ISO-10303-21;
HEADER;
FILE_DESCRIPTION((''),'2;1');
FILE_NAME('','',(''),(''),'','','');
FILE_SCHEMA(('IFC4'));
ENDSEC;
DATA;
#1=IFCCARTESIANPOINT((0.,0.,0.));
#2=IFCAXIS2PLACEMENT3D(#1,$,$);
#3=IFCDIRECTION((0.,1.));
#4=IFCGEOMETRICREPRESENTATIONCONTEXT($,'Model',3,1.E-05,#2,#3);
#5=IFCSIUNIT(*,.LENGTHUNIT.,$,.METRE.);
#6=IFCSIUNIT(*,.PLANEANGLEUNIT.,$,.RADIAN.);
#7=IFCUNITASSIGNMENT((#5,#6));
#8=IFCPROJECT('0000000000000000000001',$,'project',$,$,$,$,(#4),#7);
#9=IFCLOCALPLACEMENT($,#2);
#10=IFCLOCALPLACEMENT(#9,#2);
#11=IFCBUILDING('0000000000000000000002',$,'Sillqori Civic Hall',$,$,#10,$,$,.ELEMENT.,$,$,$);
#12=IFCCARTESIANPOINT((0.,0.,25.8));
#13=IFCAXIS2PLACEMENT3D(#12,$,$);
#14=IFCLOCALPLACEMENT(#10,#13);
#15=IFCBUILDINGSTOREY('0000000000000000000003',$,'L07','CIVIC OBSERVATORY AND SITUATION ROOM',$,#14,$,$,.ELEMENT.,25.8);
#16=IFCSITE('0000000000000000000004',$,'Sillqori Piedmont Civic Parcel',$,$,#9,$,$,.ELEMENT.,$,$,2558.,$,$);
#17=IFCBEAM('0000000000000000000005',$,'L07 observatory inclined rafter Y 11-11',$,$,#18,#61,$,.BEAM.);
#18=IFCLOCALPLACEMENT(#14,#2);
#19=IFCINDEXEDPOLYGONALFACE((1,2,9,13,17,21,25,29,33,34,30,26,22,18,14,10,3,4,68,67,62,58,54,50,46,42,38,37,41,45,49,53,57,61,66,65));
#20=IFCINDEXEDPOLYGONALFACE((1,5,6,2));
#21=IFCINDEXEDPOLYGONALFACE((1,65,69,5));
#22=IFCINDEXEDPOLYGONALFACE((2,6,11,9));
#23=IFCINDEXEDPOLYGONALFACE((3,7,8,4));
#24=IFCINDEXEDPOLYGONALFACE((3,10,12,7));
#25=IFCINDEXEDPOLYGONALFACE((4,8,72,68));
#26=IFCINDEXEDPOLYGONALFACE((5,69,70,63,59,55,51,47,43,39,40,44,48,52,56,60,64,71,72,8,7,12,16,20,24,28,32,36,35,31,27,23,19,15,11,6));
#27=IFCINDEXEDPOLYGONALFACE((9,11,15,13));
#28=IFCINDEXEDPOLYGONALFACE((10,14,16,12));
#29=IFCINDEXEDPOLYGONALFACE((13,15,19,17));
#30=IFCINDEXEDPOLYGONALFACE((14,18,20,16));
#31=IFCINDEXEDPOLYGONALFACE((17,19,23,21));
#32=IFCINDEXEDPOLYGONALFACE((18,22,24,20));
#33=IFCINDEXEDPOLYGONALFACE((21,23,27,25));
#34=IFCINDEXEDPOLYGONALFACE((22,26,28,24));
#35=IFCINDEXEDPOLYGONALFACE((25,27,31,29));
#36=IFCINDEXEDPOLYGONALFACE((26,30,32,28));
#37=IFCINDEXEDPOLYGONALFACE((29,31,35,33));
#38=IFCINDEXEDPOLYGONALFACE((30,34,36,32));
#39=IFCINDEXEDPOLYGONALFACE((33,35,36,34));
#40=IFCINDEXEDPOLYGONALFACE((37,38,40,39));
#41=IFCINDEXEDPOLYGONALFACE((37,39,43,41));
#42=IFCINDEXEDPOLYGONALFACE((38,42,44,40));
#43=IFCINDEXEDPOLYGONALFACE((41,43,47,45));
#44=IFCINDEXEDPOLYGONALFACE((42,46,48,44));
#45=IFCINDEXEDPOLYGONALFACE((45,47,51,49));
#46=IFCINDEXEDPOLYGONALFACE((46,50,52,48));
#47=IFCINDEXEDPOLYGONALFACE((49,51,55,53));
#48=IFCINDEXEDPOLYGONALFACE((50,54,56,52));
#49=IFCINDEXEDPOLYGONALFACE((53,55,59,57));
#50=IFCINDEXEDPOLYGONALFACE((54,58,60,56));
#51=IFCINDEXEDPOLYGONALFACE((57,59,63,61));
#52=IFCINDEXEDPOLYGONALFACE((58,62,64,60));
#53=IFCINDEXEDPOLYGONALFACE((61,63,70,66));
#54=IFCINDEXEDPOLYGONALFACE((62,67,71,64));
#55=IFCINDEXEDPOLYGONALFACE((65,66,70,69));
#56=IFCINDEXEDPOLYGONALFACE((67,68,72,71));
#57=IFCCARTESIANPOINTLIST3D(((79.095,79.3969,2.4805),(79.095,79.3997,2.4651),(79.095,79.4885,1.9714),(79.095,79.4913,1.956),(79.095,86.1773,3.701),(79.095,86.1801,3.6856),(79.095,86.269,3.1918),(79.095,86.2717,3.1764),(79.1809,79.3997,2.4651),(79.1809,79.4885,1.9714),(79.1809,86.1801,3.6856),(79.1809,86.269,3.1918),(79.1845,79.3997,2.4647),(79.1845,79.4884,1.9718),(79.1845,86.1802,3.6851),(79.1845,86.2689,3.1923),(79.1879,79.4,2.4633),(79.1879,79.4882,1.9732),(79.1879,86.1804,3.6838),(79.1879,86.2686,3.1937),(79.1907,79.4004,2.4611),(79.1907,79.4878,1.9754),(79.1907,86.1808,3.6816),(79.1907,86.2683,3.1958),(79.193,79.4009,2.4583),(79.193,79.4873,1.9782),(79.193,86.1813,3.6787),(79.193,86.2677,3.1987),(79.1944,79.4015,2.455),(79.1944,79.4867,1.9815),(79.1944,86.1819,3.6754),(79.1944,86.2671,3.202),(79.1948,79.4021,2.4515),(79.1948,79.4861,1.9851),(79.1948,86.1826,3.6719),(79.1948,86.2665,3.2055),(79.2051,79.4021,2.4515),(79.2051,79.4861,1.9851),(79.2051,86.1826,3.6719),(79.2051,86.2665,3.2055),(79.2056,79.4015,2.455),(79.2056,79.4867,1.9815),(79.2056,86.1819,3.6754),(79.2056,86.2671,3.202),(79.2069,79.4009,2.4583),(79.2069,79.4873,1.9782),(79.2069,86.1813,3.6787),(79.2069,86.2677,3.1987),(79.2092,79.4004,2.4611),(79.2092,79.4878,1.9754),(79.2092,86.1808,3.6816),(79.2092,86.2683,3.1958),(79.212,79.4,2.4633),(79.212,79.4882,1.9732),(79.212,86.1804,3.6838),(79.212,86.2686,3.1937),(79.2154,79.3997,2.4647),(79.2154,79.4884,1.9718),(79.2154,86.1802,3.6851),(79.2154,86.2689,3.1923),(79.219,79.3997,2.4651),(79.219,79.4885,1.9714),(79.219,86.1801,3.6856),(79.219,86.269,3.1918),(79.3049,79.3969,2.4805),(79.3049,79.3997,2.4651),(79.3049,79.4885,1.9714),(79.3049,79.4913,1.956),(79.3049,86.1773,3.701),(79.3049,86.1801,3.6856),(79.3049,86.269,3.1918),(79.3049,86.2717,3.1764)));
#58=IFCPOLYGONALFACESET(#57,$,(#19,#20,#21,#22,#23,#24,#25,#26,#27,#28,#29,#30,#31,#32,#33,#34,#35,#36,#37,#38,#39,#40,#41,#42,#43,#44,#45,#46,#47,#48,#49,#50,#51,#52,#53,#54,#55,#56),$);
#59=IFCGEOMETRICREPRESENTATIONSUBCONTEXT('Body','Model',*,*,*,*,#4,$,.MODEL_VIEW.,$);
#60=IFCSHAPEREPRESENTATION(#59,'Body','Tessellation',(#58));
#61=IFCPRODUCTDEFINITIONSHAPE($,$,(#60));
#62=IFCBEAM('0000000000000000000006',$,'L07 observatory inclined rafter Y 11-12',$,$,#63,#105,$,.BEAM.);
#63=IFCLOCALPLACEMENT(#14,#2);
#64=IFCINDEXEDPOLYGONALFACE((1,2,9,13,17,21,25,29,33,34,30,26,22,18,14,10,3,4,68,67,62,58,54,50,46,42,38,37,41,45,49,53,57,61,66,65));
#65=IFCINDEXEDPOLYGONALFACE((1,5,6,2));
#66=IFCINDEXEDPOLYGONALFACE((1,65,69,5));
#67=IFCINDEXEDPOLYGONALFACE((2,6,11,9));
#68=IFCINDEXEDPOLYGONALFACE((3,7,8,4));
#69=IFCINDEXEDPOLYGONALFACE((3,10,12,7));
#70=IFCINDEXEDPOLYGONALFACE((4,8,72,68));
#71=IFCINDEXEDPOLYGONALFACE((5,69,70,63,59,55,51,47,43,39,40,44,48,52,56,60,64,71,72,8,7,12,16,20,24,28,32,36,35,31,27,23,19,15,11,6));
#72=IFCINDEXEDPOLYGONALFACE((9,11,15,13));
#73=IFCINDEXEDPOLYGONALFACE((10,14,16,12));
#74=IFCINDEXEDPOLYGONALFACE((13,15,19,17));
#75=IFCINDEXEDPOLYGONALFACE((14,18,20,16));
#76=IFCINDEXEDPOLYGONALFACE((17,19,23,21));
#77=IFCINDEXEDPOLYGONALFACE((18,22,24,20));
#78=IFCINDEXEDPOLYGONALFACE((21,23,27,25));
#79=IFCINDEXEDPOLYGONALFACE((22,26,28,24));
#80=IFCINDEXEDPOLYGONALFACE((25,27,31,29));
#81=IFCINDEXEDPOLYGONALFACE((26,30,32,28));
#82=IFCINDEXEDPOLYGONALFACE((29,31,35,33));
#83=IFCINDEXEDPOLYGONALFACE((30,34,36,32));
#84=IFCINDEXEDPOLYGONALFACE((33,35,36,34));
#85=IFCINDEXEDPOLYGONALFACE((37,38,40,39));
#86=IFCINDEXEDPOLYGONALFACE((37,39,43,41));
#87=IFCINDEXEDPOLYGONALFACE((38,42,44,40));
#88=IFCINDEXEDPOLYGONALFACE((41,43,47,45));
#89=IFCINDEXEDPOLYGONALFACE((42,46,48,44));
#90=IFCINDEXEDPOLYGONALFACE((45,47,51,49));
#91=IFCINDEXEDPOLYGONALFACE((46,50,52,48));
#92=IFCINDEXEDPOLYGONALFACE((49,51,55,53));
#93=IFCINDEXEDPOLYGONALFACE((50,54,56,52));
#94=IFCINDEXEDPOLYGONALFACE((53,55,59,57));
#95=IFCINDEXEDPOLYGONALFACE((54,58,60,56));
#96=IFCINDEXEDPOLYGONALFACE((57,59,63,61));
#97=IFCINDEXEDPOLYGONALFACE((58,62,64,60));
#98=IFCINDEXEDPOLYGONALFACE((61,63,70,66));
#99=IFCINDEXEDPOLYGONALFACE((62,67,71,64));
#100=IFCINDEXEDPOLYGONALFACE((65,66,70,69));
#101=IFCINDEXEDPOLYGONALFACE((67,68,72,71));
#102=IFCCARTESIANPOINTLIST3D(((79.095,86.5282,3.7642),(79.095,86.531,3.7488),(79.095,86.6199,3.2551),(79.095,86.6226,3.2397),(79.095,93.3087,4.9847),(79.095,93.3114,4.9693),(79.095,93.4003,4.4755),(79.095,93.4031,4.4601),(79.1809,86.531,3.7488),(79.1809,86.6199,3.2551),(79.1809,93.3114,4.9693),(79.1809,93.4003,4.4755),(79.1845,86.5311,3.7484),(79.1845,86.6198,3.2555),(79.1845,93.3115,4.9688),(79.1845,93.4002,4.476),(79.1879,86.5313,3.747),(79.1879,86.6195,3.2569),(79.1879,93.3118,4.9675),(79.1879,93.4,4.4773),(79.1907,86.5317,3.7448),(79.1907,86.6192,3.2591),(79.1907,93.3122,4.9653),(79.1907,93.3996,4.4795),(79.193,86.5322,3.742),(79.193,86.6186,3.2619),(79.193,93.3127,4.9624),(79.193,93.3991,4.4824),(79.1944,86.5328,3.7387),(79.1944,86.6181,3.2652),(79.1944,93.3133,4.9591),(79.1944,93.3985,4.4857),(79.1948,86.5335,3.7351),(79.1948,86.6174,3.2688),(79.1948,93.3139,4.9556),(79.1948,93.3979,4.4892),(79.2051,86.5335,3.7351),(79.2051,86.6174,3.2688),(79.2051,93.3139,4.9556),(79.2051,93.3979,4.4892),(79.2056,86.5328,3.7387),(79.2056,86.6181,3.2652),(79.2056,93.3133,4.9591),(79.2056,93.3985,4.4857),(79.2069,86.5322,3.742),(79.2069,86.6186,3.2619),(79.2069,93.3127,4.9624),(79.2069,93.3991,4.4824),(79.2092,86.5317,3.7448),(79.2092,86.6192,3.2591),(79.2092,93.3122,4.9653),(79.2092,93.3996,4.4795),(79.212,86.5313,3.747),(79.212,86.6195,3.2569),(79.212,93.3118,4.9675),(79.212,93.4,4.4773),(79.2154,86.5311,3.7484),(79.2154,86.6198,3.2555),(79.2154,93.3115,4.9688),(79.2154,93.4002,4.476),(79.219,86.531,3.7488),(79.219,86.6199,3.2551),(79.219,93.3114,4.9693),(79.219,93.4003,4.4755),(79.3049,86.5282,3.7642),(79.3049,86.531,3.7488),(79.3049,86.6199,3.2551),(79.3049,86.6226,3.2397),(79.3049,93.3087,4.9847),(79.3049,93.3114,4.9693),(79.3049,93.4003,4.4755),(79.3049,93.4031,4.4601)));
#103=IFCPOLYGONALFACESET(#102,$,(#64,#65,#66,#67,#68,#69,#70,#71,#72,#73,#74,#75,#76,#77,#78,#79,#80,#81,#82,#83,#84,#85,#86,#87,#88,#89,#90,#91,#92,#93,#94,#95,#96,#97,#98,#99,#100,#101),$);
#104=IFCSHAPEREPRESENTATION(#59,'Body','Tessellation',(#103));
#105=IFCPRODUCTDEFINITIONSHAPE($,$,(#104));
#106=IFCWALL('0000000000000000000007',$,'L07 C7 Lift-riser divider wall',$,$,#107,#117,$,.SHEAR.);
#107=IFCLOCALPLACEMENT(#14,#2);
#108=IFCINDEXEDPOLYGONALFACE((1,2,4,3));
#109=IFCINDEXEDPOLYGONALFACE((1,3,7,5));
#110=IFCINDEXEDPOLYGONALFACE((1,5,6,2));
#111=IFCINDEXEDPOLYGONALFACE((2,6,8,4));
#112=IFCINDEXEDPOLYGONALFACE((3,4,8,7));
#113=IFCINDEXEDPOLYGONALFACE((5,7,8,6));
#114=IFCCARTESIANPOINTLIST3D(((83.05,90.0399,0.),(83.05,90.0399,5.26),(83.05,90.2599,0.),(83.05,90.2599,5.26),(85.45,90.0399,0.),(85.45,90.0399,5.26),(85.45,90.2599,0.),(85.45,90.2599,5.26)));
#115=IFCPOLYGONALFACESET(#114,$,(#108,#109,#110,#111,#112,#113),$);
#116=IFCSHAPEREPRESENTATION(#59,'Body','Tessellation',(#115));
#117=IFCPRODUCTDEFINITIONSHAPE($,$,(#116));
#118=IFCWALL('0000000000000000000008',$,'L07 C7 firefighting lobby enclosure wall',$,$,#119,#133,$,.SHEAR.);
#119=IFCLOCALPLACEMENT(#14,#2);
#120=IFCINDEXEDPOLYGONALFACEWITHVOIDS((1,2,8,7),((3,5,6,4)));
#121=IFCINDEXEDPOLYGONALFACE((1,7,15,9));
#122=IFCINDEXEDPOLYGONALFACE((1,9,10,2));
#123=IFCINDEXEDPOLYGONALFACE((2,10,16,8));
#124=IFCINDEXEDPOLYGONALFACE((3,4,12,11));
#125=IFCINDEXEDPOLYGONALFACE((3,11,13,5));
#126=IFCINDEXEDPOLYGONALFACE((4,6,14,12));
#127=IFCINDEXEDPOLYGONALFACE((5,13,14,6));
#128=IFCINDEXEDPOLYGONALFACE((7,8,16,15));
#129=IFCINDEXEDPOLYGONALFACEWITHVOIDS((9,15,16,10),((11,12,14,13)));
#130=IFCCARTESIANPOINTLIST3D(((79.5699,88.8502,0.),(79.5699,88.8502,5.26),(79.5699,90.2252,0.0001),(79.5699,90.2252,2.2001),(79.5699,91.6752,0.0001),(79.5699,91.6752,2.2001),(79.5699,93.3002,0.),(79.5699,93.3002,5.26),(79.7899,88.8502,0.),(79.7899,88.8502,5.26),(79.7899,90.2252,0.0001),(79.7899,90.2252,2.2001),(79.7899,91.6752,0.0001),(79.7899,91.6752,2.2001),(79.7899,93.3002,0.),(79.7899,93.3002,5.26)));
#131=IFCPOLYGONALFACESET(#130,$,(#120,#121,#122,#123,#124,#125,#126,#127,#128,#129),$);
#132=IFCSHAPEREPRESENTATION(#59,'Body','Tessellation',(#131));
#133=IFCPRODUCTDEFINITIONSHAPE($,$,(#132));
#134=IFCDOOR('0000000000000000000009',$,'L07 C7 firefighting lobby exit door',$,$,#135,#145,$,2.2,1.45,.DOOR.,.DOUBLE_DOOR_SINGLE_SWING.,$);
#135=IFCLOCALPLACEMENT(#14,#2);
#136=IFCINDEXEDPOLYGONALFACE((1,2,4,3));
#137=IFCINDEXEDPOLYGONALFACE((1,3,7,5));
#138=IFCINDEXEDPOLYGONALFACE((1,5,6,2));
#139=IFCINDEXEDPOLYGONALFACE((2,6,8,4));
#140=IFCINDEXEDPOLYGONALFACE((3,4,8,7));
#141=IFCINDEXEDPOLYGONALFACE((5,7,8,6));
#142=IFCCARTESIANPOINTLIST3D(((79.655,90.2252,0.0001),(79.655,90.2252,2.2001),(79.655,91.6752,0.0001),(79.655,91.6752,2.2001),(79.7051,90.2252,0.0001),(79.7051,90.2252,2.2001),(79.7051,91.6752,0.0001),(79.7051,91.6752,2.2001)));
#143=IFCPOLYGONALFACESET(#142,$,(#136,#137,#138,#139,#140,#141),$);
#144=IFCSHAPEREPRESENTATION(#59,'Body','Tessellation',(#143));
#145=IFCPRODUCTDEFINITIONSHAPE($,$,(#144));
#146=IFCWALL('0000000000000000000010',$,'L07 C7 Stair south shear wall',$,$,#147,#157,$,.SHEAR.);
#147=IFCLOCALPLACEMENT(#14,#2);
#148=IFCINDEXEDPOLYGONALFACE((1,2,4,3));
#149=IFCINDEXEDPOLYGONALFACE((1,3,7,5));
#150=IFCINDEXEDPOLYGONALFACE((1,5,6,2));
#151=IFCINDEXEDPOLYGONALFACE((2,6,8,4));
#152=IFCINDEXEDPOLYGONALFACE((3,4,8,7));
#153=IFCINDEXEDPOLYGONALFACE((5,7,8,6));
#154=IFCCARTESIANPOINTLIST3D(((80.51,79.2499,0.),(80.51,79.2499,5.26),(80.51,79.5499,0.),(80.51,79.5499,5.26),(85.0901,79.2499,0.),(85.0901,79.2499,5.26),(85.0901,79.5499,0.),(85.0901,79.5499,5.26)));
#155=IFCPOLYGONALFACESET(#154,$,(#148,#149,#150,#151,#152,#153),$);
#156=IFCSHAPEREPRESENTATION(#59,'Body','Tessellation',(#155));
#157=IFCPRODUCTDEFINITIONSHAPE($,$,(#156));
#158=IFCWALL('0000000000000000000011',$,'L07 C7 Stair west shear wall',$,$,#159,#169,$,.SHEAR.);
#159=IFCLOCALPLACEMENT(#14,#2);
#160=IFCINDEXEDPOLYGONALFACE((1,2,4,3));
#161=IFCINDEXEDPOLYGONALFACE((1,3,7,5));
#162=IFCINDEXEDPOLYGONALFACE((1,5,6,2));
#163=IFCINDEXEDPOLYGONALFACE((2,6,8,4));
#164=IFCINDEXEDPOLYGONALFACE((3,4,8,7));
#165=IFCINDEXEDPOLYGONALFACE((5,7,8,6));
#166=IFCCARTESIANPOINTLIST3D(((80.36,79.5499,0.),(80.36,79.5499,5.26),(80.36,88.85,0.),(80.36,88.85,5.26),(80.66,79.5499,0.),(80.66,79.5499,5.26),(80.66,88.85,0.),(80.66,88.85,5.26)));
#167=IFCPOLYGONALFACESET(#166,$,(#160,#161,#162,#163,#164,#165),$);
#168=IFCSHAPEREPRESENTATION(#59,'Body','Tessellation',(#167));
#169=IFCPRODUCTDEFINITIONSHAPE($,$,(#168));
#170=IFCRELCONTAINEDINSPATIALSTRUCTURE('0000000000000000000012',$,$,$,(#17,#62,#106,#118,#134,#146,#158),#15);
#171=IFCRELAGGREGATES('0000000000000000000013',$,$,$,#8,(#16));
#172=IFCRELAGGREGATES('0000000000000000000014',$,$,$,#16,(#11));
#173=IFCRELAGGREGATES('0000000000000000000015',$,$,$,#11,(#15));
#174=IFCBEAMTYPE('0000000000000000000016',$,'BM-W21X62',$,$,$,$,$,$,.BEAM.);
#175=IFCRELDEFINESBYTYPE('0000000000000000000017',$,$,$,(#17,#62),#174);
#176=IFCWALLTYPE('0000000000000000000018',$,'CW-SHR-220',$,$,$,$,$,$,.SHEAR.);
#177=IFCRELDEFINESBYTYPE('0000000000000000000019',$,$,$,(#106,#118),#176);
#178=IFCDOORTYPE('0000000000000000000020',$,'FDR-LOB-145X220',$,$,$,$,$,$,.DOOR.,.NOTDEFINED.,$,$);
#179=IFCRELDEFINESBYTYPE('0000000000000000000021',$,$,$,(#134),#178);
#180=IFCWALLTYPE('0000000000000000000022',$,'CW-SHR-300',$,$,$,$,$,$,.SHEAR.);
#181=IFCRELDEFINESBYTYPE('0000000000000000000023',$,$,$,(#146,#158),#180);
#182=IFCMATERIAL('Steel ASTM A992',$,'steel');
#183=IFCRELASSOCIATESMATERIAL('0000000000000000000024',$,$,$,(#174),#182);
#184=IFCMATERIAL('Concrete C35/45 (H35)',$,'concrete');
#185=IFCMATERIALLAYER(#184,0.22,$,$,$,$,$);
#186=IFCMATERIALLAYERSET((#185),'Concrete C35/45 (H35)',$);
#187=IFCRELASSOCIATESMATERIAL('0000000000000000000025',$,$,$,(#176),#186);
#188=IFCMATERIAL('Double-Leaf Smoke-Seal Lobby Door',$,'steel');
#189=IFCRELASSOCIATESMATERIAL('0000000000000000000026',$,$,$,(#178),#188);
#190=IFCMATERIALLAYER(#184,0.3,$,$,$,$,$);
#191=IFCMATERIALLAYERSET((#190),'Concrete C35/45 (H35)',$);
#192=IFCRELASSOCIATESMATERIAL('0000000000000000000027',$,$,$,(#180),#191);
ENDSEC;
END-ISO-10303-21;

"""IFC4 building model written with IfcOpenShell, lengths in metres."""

from ifc_helpers import new_model, si_unit, direction, frame, frame_2d, origin, origin_2d, place, context, subcontext, project, spatial, rectangle, i_section, extrude, material, layer, layer_set, material_profile, profile_set, type_object, element, fill, save


model = new_model("IFC4")

# Units and contexts
model_context = context("Model", 3, precision=1e-05, world=origin(), true_north=direction((0.0, 1.0)))
body_context = subcontext(model_context, "Body", "Model", "MODEL_VIEW")
ifc_project = project(units=[si_unit("LENGTHUNIT", "METRE"), si_unit("PLANEANGLEUNIT", "RADIAN")], contexts=[model_context])

# Site, building, storey
site_placement = place(None, origin())
site = spatial("IfcSite", under=ifc_project, at=site_placement, Name="Sillqori Piedmont Civic Parcel", CompositionType="ELEMENT", RefElevation=2558.0)
building_placement = place(site_placement, origin())
building = spatial("IfcBuilding", under=site, at=building_placement, Name="Sillqori Civic Hall", CompositionType="ELEMENT")
storey_placement = place(building_placement, frame((0.0, 0.0, 25.8)))
storey = spatial("IfcBuildingStorey", under=building, at=storey_placement, Name="L07", Description="CIVIC OBSERVATORY AND SITUATION ROOM", CompositionType="ELEMENT", Elevation=25.8)

# Shared definitions
ifc_material_1 = material(Name="Concrete C35/45 (H35)", Category="concrete")
ifc_material_2 = material(Name="Steel ASTM A992", Category="steel")

# Beams
ifc_material_profile_1 = material_profile(ifc_material_2, i_section(OverallWidth=0.21, OverallDepth=0.533, WebThickness=0.0103, FlangeThickness=0.0156, FilletRadius=0.0139, at=origin_2d()), Name="W21X62")
ifc_profile_set_1 = profile_set([ifc_material_profile_1], Name="Steel ASTM A992")
beam_type = type_object("IfcBeamType", Name="BM-W21X62", PredefinedType="BEAM", material=ifc_profile_set_1)
for number, where, z_axis, x_axis, name in (
    (1, (79.2, 79.4441, 2.2183), (0.0, 0.984184, 0.177148), (-1.0, 0.0, 0.0), "L07 observatory inclined rafter Y 11-11"),
    (2, (79.2, 86.5754, 3.502), (0.0, 0.984184, 0.177148), (-1.0, 0.0, 0.0), "L07 observatory inclined rafter Y 11-12"),
):
    element("IfcBeam", number, at=place(storey_placement, frame(where, z_axis=z_axis, x_axis=x_axis)), inside=storey, type_object=beam_type, Name=name, PredefinedType="BEAM", context=body_context, shape_type="SweptSolid", body=[
        extrude(i_section(OverallWidth=0.21, OverallDepth=0.533, WebThickness=0.0103, FlangeThickness=0.0156, FilletRadius=0.0139, at=origin_2d()), origin(), (0.0, 0.0, 1.0), 6.8894),
    ])

# Wall
ifc_layer_1 = layer(ifc_material_1, 0.22)
ifc_layer_set_1 = layer_set([ifc_layer_1], Name="Concrete C35/45 (H35)")
wall_type_1 = type_object("IfcWallType", Name="CW-SHR-220", PredefinedType="SHEAR", material=ifc_layer_set_1)
wall_1_placement = place(storey_placement, frame((83.05, 90.1499, 0.0), z_axis=(0.0, 0.0, 1.0), x_axis=(1.0, 0.0, 0.0)))
element("IfcWall", 3, at=wall_1_placement, inside=storey, type_object=wall_type_1, Name="L07 C7 Lift-riser divider wall", PredefinedType="SHEAR", context=body_context, shape_type="SweptSolid", body=[
    extrude(rectangle(XDim=2.3999, YDim=0.22, at=frame_2d((1.2, 0.0))), origin(), (0.0, 0.0, 1.0), 5.26),
])

# Wall, opening, door
wall_2_placement = place(storey_placement, frame((79.6799, 88.8501, 0.0), z_axis=(0.0, 0.0, 1.0), x_axis=(0.0, 1.0, 0.0)))
wall_2 = element("IfcWall", 4, at=wall_2_placement, inside=storey, type_object=wall_type_1, Name="L07 C7 firefighting lobby enclosure wall", PredefinedType="SHEAR", context=body_context, shape_type="SweptSolid", body=[
    extrude(rectangle(XDim=4.45, YDim=0.22, at=frame_2d((2.2251, 0.0))), origin(), (0.0, 0.0, 1.0), 5.26),
])
opening_1_placement = place(wall_2_placement, frame((1.375, 0.0, 0.0)))
opening_1 = element("IfcOpeningElement", 5, at=opening_1_placement, cuts=wall_2, PredefinedType="OPENING", context=body_context, shape_type="SweptSolid", body=[
    extrude(rectangle(XDim=1.45, YDim=2.2, at=frame_2d((0.7251, 1.1001))), frame((0.0, 0.1199, 0.0), z_axis=(0.0, -1.0, 0.0), x_axis=(1.0, 0.0, 0.0)), (0.0, 0.0, 1.0), 0.24),
])
ifc_material_3 = material(Name="Double-Leaf Smoke-Seal Lobby Door", Category="steel")
door_type_1 = type_object("IfcDoorType", Name="FDR-LOB-145X220", OperationType="NOTDEFINED", PredefinedType="DOOR", material=ifc_material_3)
door_1_placement = place(opening_1_placement, origin())
door_1 = element("IfcDoor", 6, at=door_1_placement, inside=storey, type_object=door_type_1, Name="L07 C7 firefighting lobby exit door", OperationType="DOUBLE_DOOR_SINGLE_SWING", OverallHeight=2.2, OverallWidth=1.45, PredefinedType="DOOR", context=body_context, shape_type="SweptSolid", body=[
    extrude(rectangle(XDim=1.45, YDim=2.2, at=frame_2d((0.7251, 1.1001))), frame((0.0, 0.0249, 0.0), z_axis=(0.0, -1.0, 0.0), x_axis=(1.0, 0.0, 0.0)), (0.0, 0.0, 1.0), 0.05),
])
fill(opening_1, door_1)

# Walls
ifc_layer_2 = layer(ifc_material_1, 0.3)
ifc_layer_set_2 = layer_set([ifc_layer_2], Name="Concrete C35/45 (H35)")
wall_type_2 = type_object("IfcWallType", Name="CW-SHR-300", PredefinedType="SHEAR", material=ifc_layer_set_2)
wall_3_placement = place(storey_placement, frame((80.51, 79.3999, 0.0), z_axis=(0.0, 0.0, 1.0), x_axis=(1.0, 0.0, 0.0)))
element("IfcWall", 7, at=wall_3_placement, inside=storey, type_object=wall_type_2, Name="L07 C7 Stair south shear wall", PredefinedType="SHEAR", context=body_context, shape_type="SweptSolid", body=[
    extrude(rectangle(XDim=4.5801, YDim=0.3, at=frame_2d((2.29, 0.0))), origin(), (0.0, 0.0, 1.0), 5.26),
])
wall_4_placement = place(storey_placement, frame((80.51, 79.55, 0.0), z_axis=(0.0, 0.0, 1.0), x_axis=(0.0, 1.0, 0.0)))
element("IfcWall", 8, at=wall_4_placement, inside=storey, type_object=wall_type_2, Name="L07 C7 Stair west shear wall", PredefinedType="SHEAR", context=body_context, shape_type="SweptSolid", body=[
    extrude(rectangle(XDim=9.3, YDim=0.3, at=frame_2d((4.6499, 0.0))), origin(), (0.0, 0.0, 1.0), 5.26),
])

save(model, "model.ifc")
